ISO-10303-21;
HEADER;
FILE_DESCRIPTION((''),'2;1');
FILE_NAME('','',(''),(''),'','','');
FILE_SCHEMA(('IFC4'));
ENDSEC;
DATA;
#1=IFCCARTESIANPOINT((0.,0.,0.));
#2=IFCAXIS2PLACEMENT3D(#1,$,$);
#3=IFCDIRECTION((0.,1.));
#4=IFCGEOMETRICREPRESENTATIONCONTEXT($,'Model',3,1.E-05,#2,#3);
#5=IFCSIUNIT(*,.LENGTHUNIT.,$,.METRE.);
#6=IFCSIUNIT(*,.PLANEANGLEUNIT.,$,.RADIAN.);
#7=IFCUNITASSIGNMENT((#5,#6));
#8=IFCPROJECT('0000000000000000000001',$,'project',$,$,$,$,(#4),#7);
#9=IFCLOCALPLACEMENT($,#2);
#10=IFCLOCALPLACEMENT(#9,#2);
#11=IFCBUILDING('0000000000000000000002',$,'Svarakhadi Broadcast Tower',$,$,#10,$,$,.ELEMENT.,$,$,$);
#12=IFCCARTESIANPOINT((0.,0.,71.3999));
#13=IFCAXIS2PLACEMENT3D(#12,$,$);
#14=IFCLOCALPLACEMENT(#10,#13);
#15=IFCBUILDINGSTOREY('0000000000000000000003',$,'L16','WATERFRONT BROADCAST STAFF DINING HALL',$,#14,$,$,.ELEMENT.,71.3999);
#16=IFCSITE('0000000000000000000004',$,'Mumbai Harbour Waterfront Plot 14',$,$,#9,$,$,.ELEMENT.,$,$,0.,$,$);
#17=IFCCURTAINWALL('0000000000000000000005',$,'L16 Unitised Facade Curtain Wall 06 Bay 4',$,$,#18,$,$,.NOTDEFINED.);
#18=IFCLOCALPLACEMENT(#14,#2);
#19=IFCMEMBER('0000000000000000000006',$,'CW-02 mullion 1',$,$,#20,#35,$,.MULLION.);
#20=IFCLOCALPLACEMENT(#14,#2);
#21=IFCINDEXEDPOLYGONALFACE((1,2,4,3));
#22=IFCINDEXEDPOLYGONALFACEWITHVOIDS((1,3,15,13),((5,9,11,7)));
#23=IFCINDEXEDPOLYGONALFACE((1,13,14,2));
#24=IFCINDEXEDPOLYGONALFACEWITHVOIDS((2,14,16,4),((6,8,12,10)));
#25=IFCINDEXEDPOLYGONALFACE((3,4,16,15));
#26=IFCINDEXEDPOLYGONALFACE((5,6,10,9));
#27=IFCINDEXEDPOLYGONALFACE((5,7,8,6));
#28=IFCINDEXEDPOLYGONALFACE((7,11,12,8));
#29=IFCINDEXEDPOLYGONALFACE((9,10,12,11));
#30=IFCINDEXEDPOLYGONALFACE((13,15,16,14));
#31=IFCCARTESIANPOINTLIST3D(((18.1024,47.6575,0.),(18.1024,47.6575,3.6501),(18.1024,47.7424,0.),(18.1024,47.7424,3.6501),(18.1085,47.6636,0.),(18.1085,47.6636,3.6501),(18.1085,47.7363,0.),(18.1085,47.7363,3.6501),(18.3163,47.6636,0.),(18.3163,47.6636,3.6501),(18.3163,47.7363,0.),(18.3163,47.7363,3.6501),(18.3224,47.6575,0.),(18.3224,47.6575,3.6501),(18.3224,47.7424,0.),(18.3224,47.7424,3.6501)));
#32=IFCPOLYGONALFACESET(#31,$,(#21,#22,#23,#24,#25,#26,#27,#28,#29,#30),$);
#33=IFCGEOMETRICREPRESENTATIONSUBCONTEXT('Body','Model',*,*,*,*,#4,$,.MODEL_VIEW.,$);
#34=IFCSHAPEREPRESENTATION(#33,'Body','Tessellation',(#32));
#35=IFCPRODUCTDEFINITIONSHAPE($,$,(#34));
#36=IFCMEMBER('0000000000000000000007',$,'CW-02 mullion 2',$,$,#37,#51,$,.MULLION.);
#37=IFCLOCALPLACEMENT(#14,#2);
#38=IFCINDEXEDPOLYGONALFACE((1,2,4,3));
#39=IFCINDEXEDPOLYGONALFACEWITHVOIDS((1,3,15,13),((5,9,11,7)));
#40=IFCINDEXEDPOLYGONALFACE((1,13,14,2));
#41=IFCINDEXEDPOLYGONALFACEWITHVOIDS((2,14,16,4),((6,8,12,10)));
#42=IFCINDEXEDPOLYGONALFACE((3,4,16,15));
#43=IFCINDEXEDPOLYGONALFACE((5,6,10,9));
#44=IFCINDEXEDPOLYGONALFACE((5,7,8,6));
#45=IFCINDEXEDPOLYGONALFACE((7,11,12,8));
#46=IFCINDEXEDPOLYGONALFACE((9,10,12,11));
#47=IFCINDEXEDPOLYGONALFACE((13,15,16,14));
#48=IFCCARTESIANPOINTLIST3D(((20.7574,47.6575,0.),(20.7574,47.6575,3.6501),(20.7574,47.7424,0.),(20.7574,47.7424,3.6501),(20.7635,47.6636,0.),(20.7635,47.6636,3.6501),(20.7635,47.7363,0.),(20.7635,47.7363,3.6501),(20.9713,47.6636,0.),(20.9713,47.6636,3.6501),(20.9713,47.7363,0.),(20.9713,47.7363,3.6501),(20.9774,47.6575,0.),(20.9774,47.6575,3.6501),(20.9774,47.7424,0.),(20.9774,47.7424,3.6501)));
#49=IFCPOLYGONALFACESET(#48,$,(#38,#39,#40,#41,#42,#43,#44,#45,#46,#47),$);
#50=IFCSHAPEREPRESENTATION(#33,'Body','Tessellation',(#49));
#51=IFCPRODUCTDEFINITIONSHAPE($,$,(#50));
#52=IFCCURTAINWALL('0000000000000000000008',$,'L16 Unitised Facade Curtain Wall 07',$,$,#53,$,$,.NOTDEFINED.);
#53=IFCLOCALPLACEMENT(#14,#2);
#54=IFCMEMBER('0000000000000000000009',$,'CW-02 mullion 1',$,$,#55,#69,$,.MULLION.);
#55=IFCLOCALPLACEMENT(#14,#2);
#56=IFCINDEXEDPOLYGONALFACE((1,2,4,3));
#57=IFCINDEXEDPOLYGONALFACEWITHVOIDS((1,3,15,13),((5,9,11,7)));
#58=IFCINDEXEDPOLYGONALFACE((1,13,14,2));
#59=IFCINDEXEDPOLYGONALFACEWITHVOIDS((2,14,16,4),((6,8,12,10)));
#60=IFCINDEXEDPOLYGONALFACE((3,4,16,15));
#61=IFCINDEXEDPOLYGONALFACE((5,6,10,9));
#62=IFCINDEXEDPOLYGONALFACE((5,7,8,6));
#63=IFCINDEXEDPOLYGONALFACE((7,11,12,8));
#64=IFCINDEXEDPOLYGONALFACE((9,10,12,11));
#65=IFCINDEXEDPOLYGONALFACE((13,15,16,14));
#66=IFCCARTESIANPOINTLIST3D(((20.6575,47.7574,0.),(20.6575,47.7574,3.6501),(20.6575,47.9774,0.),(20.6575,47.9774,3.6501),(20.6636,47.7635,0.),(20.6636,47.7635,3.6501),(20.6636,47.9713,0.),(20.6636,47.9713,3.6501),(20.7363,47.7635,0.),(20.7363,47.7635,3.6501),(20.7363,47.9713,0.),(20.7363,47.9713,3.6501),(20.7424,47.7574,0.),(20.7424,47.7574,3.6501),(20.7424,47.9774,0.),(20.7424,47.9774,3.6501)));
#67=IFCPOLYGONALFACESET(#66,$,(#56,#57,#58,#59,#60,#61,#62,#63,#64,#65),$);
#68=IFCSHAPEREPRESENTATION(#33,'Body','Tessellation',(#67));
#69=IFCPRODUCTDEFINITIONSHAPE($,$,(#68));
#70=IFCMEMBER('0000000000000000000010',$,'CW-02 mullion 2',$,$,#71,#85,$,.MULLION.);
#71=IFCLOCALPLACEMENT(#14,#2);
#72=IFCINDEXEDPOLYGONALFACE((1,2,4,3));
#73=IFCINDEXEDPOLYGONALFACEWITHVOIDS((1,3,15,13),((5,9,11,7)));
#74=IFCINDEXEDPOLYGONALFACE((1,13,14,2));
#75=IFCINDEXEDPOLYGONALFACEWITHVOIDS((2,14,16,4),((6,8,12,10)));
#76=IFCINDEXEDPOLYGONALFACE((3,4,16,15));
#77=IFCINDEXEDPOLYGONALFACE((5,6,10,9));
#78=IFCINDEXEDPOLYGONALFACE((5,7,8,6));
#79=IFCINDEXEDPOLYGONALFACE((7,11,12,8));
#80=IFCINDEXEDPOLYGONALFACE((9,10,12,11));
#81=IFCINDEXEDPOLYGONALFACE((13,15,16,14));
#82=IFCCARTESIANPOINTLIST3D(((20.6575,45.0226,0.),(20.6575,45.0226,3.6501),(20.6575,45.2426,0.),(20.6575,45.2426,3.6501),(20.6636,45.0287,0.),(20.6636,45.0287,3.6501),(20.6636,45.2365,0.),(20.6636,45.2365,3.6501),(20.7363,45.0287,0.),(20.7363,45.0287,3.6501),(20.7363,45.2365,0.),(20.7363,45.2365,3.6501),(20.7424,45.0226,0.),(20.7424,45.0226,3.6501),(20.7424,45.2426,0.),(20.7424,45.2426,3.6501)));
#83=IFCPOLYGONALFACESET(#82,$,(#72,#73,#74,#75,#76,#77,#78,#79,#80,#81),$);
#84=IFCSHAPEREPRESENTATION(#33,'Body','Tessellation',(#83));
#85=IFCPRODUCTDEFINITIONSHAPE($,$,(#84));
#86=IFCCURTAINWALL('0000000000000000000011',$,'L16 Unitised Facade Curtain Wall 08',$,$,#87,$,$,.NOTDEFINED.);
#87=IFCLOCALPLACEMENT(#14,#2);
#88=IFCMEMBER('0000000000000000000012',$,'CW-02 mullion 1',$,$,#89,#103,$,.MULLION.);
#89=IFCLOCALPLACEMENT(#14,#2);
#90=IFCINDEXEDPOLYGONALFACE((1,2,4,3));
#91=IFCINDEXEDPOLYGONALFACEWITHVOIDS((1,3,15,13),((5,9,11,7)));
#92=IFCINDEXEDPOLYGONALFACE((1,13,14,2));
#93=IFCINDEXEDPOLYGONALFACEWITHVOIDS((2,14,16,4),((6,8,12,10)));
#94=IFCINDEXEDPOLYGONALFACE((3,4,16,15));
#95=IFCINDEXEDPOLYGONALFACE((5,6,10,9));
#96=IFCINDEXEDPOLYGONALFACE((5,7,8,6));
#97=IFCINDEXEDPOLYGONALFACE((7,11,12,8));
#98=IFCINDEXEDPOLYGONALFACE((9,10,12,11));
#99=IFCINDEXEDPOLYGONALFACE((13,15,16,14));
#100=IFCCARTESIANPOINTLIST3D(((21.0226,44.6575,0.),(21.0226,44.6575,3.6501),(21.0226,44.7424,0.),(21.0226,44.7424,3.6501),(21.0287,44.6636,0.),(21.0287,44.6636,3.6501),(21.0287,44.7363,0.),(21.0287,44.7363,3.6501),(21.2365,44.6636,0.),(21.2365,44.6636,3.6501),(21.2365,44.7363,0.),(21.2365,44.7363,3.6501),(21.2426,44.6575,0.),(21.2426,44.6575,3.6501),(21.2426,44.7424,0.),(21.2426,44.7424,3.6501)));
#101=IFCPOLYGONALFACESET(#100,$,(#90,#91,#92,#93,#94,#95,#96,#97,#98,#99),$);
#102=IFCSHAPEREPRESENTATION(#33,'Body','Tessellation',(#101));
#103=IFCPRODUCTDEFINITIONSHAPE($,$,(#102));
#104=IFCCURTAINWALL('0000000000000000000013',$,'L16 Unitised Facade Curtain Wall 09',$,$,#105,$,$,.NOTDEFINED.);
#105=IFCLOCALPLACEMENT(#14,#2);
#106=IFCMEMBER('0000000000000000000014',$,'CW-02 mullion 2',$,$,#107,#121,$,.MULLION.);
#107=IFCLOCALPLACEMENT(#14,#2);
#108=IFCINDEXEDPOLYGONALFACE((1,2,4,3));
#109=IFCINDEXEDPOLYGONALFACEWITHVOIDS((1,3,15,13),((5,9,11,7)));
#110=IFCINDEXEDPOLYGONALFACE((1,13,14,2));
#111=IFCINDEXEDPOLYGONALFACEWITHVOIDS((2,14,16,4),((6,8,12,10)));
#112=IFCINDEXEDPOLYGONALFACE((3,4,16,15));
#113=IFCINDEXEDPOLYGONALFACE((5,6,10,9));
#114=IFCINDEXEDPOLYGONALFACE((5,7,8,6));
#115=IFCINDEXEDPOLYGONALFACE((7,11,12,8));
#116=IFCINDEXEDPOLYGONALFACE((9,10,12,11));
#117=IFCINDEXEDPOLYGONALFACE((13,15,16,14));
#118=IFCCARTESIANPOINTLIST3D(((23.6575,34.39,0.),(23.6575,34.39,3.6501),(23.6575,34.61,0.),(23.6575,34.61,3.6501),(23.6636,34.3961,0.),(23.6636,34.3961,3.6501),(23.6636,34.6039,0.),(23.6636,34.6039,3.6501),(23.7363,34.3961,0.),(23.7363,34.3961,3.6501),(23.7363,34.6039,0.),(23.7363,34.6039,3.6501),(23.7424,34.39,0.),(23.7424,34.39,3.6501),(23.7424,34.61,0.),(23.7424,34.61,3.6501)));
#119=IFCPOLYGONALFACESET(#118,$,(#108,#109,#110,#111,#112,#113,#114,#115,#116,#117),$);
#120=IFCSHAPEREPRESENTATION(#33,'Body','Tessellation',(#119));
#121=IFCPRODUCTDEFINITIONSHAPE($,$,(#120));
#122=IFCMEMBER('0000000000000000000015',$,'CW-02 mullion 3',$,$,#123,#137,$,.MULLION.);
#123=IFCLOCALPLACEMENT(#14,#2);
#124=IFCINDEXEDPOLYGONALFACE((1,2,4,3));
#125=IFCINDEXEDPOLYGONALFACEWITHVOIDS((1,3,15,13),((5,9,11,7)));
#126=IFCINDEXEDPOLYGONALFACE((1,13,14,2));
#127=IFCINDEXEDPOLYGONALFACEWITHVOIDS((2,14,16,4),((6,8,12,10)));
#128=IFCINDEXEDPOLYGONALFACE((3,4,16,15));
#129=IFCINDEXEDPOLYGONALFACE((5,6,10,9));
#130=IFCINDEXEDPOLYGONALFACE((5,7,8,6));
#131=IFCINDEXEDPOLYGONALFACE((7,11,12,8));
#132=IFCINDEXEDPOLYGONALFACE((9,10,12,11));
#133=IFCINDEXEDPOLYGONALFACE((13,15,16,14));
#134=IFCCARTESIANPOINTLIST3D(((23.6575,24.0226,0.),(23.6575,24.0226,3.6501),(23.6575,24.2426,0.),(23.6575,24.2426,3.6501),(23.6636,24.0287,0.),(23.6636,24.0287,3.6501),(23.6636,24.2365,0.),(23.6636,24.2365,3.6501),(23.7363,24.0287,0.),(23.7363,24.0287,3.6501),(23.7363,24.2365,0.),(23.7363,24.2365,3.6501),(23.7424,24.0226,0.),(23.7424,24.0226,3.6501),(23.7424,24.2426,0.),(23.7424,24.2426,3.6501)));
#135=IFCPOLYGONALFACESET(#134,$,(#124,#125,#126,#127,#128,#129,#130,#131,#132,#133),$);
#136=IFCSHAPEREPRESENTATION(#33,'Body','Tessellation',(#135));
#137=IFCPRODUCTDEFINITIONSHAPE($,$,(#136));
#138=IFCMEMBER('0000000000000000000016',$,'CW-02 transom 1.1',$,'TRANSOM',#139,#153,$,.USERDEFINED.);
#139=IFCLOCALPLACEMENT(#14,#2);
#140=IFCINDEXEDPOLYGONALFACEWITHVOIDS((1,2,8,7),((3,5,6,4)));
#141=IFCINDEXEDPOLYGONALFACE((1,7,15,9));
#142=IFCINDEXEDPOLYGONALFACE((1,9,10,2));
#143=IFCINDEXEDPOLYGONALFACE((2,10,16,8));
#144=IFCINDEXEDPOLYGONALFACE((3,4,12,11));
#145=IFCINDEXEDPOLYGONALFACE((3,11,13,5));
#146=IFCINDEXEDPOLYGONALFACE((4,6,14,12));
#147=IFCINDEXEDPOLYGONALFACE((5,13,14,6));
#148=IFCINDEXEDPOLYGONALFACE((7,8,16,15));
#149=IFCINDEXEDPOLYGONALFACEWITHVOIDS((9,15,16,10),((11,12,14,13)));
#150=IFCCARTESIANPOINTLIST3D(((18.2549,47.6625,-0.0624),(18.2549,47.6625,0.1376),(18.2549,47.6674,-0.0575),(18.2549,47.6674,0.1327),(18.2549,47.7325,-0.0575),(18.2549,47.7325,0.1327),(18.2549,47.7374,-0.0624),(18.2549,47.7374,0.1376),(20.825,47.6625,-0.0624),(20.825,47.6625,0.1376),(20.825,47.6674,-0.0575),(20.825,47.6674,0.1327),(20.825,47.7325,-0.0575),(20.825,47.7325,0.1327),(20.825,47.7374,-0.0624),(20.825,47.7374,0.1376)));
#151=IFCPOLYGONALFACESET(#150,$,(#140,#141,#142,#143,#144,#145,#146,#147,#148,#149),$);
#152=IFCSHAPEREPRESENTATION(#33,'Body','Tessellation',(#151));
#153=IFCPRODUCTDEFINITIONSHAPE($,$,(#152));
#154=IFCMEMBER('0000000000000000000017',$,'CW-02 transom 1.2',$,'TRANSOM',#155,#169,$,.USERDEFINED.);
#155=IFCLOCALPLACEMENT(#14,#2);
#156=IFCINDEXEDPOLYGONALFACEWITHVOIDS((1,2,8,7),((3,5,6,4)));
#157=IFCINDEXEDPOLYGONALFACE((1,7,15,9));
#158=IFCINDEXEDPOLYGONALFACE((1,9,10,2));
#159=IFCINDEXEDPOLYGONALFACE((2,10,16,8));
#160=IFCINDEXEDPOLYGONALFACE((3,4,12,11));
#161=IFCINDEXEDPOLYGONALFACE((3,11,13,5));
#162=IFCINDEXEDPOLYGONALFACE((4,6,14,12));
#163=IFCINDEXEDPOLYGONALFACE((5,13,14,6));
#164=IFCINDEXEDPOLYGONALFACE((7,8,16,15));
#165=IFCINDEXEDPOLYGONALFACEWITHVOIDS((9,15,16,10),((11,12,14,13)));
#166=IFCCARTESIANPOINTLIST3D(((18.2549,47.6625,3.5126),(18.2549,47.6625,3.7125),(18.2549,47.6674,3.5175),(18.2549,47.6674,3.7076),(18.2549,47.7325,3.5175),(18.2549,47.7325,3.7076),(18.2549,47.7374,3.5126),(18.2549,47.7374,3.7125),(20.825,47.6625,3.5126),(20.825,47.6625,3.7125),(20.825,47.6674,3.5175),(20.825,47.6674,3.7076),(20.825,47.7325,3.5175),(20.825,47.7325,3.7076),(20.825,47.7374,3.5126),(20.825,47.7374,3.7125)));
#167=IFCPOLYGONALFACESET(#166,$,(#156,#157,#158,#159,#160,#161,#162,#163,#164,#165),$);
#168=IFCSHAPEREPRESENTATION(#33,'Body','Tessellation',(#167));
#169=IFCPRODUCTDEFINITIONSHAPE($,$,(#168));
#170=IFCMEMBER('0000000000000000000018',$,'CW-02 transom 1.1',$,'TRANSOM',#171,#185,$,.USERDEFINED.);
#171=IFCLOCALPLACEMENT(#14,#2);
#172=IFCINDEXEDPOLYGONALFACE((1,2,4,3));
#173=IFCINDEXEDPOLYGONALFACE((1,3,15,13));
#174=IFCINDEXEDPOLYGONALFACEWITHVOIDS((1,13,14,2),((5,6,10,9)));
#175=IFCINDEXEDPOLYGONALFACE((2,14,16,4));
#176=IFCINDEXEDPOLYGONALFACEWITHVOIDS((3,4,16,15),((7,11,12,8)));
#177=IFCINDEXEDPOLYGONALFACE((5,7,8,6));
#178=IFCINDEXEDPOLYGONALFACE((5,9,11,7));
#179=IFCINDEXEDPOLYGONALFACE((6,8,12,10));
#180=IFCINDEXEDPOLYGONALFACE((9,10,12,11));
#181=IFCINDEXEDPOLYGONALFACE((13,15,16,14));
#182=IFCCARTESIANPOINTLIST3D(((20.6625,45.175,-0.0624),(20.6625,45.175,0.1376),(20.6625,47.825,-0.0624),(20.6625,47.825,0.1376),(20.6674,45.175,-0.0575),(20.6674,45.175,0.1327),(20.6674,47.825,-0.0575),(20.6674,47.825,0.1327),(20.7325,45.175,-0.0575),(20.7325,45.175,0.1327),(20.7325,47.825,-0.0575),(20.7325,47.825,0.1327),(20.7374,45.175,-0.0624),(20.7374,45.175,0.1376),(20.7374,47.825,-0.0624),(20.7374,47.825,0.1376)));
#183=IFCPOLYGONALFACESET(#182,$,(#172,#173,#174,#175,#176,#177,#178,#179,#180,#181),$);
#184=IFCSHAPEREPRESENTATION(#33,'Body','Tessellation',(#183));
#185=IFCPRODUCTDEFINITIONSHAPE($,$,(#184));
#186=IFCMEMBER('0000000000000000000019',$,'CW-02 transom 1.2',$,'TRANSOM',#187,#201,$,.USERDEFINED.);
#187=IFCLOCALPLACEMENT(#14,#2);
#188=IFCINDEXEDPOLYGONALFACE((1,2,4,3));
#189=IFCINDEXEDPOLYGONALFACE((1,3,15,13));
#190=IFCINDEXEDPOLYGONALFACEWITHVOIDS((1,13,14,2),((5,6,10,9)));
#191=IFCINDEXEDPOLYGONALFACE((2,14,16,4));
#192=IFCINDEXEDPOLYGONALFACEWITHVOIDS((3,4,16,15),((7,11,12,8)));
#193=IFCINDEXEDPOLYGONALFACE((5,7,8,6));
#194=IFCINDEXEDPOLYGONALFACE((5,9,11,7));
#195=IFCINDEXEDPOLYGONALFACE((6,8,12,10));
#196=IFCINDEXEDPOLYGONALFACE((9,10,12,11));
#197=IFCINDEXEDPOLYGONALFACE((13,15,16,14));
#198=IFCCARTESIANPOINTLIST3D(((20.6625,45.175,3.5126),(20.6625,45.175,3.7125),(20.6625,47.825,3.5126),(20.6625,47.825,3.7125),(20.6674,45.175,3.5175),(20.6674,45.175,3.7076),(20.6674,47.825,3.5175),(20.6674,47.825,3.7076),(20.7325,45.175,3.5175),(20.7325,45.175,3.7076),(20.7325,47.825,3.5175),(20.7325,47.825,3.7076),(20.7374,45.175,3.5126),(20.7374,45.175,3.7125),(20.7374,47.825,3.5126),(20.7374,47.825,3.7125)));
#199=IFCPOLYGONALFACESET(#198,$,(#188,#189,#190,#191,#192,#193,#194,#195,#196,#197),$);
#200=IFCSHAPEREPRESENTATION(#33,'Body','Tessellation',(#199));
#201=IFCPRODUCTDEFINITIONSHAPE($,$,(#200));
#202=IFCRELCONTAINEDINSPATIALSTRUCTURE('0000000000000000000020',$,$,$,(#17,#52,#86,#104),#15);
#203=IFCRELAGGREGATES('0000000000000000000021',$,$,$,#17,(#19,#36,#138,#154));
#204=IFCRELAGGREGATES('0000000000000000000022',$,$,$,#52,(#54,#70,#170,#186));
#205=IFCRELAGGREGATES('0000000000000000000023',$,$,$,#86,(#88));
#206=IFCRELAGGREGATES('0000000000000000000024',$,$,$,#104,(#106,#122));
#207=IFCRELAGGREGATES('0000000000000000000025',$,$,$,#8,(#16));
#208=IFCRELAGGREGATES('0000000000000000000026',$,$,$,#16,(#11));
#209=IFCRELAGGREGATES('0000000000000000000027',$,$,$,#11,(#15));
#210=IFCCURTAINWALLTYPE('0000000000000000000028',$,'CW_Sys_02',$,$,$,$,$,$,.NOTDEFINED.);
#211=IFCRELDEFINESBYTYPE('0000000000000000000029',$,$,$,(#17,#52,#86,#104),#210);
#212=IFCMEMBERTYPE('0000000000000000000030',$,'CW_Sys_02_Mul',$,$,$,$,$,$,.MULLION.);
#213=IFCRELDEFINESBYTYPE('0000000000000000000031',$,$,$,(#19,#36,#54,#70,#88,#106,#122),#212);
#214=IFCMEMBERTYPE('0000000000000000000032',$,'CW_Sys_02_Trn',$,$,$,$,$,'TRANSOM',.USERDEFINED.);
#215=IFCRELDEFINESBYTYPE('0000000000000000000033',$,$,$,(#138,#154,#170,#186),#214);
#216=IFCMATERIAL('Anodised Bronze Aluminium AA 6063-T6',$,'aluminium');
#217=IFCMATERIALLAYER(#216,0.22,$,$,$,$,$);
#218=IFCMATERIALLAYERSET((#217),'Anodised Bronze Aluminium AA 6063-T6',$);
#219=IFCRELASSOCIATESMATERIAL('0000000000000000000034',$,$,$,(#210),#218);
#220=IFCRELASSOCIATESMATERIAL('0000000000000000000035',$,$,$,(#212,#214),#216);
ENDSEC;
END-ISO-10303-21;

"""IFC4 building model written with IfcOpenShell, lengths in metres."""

from ifc_helpers import new_model, si_unit, direction, frame, origin, origin_2d, place, context, subcontext, project, spatial, hollow_rectangle, extrude, material, layer, layer_set, material_profile, profile_set, type_object, element, aggregate, save


model = new_model("IFC4")

# Units and contexts
model_context = context("Model", 3, precision=1e-05, world=origin(), true_north=direction((0.0, 1.0)))
body_context = subcontext(model_context, "Body", "Model", "MODEL_VIEW")
ifc_project = project(units=[si_unit("LENGTHUNIT", "METRE"), si_unit("PLANEANGLEUNIT", "RADIAN")], contexts=[model_context])

# Site, building, storey
site_placement = place(None, origin())
site = spatial("IfcSite", under=ifc_project, at=site_placement, Name="Mumbai Harbour Waterfront Plot 14", CompositionType="ELEMENT", RefElevation=0.0)
building_placement = place(site_placement, origin())
building = spatial("IfcBuilding", under=site, at=building_placement, Name="Svarakhadi Broadcast Tower", CompositionType="ELEMENT")
storey_placement = place(building_placement, frame((0.0, 0.0, 71.3999)))
storey = spatial("IfcBuildingStorey", under=building, at=storey_placement, Name="L16", Description="WATERFRONT BROADCAST STAFF DINING HALL", CompositionType="ELEMENT", Elevation=71.3999)

# Curtain walls, members
ifc_material_1 = material(Name="Anodised Bronze Aluminium AA 6063-T6", Category="aluminium")
ifc_layer_1 = layer(ifc_material_1, 0.22)
ifc_layer_set_1 = layer_set([ifc_layer_1], Name="Anodised Bronze Aluminium AA 6063-T6")
curtain_wall_type = type_object("IfcCurtainWallType", Name="CW_Sys_02", PredefinedType="NOTDEFINED", material=ifc_layer_set_1)
curtain_wall_1_placement = place(storey_placement, origin())
curtain_wall_1 = element("IfcCurtainWall", 1, at=curtain_wall_1_placement, inside=storey, type_object=curtain_wall_type, Name="L16 Unitised Facade Curtain Wall 06 Bay 4", PredefinedType="NOTDEFINED")
ifc_material_profile_1 = material_profile(ifc_material_1, hollow_rectangle(XDim=0.085, YDim=0.22, WallThickness=0.0061, at=origin_2d()), Name="ALU MULLION 220x85x6")
ifc_profile_set_1 = profile_set([ifc_material_profile_1], Name="Anodised Bronze Aluminium AA 6063-T6")
member_type_1 = type_object("IfcMemberType", Name="CW_Sys_02_Mul", PredefinedType="MULLION", material=ifc_profile_set_1)
member_1_placement = place(storey_placement, frame((18.2124, 47.7, 0.0), z_axis=(0.0, 0.0, 1.0), x_axis=(0.0, 1.0, 0.0)))
member_1 = element("IfcMember", 2, at=member_1_placement, type_object=member_type_1, Name="CW-02 mullion 1", PredefinedType="MULLION", context=body_context, shape_type="SweptSolid", body=[
    extrude(hollow_rectangle(XDim=0.085, YDim=0.22, WallThickness=0.0061, at=origin_2d()), origin(), (0.0, 0.0, 1.0), 3.6501),
])
member_2_placement = place(storey_placement, frame((20.8674, 47.7, 0.0), z_axis=(0.0, 0.0, 1.0), x_axis=(0.0, 1.0, 0.0)))
member_2 = element("IfcMember", 3, at=member_2_placement, type_object=member_type_1, Name="CW-02 mullion 2", PredefinedType="MULLION", context=body_context, shape_type="SweptSolid", body=[
    extrude(hollow_rectangle(XDim=0.085, YDim=0.22, WallThickness=0.0061, at=origin_2d()), origin(), (0.0, 0.0, 1.0), 3.6501),
])
curtain_wall_2_placement = place(storey_placement, origin())
curtain_wall_2 = element("IfcCurtainWall", 4, at=curtain_wall_2_placement, inside=storey, type_object=curtain_wall_type, Name="L16 Unitised Facade Curtain Wall 07", PredefinedType="NOTDEFINED")
member_3_placement = place(storey_placement, frame((20.7, 47.8674, 0.0), z_axis=(0.0, 0.0, 1.0), x_axis=(1.0, 0.0, 0.0)))
member_3 = element("IfcMember", 5, at=member_3_placement, type_object=member_type_1, Name="CW-02 mullion 1", PredefinedType="MULLION", context=body_context, shape_type="SweptSolid", body=[
    extrude(hollow_rectangle(XDim=0.085, YDim=0.22, WallThickness=0.0061, at=origin_2d()), origin(), (0.0, 0.0, 1.0), 3.6501),
])
member_4_placement = place(storey_placement, frame((20.7, 45.1326, 0.0), z_axis=(0.0, 0.0, 1.0), x_axis=(1.0, 0.0, 0.0)))
member_4 = element("IfcMember", 6, at=member_4_placement, type_object=member_type_1, Name="CW-02 mullion 2", PredefinedType="MULLION", context=body_context, shape_type="SweptSolid", body=[
    extrude(hollow_rectangle(XDim=0.085, YDim=0.22, WallThickness=0.0061, at=origin_2d()), origin(), (0.0, 0.0, 1.0), 3.6501),
])

# Curtain wall, member
curtain_wall_3_placement = place(storey_placement, origin())
curtain_wall_3 = element("IfcCurtainWall", 7, at=curtain_wall_3_placement, inside=storey, type_object=curtain_wall_type, Name="L16 Unitised Facade Curtain Wall 08", PredefinedType="NOTDEFINED")
member_5_placement = place(storey_placement, frame((21.1326, 44.7, 0.0), z_axis=(0.0, 0.0, 1.0), x_axis=(0.0, 1.0, 0.0)))
member_5 = element("IfcMember", 8, at=member_5_placement, type_object=member_type_1, Name="CW-02 mullion 1", PredefinedType="MULLION", context=body_context, shape_type="SweptSolid", body=[
    extrude(hollow_rectangle(XDim=0.085, YDim=0.22, WallThickness=0.0061, at=origin_2d()), origin(), (0.0, 0.0, 1.0), 3.6501),
])

# Curtain wall, members
curtain_wall_4_placement = place(storey_placement, origin())
curtain_wall_4 = element("IfcCurtainWall", 9, at=curtain_wall_4_placement, inside=storey, type_object=curtain_wall_type, Name="L16 Unitised Facade Curtain Wall 09", PredefinedType="NOTDEFINED")
member_6_placement = place(storey_placement, frame((23.7, 34.5, 0.0), z_axis=(0.0, 0.0, 1.0), x_axis=(1.0, 0.0, 0.0)))
member_6 = element("IfcMember", 10, at=member_6_placement, type_object=member_type_1, Name="CW-02 mullion 2", PredefinedType="MULLION", context=body_context, shape_type="SweptSolid", body=[
    extrude(hollow_rectangle(XDim=0.085, YDim=0.22, WallThickness=0.0061, at=origin_2d()), origin(), (0.0, 0.0, 1.0), 3.6501),
])
member_7_placement = place(storey_placement, frame((23.7, 24.1326, 0.0), z_axis=(0.0, 0.0, 1.0), x_axis=(1.0, 0.0, 0.0)))
member_7 = element("IfcMember", 11, at=member_7_placement, type_object=member_type_1, Name="CW-02 mullion 3", PredefinedType="MULLION", context=body_context, shape_type="SweptSolid", body=[
    extrude(hollow_rectangle(XDim=0.085, YDim=0.22, WallThickness=0.0061, at=origin_2d()), origin(), (0.0, 0.0, 1.0), 3.6501),
])

# Members
ifc_material_profile_2 = material_profile(ifc_material_1, hollow_rectangle(XDim=0.075, YDim=0.2, WallThickness=0.0049, at=origin_2d()), Name="ALU TRANSOM 200x75x5")
ifc_profile_set_2 = profile_set([ifc_material_profile_2], Name="Anodised Bronze Aluminium AA 6063-T6")
member_type_2 = type_object("IfcMemberType", Name="CW_Sys_02_Trn", ElementType="TRANSOM", PredefinedType="USERDEFINED", material=ifc_profile_set_2)
member_8_placement = place(storey_placement, frame((18.2549, 47.7, 0.0376), z_axis=(1.0, 0.0, 0.0), x_axis=(0.0, 1.0, 0.0)))
member_8 = element("IfcMember", 12, at=member_8_placement, type_object=member_type_2, Name="CW-02 transom 1.1", ObjectType="TRANSOM", PredefinedType="USERDEFINED", context=body_context, shape_type="SweptSolid", body=[
    extrude(hollow_rectangle(XDim=0.075, YDim=0.2, WallThickness=0.0049, at=origin_2d()), origin(), (0.0, 0.0, 1.0), 2.5701),
])
member_9_placement = place(storey_placement, frame((18.2549, 47.7, 3.6125), z_axis=(1.0, 0.0, 0.0), x_axis=(0.0, 1.0, 0.0)))
member_9 = element("IfcMember", 13, at=member_9_placement, type_object=member_type_2, Name="CW-02 transom 1.2", ObjectType="TRANSOM", PredefinedType="USERDEFINED", context=body_context, shape_type="SweptSolid", body=[
    extrude(hollow_rectangle(XDim=0.075, YDim=0.2, WallThickness=0.0049, at=origin_2d()), origin(), (0.0, 0.0, 1.0), 2.5701),
])
member_10_placement = place(storey_placement, frame((20.7, 47.825, 0.0376), z_axis=(0.0, -1.0, 0.0), x_axis=(1.0, 0.0, 0.0)))
member_10 = element("IfcMember", 14, at=member_10_placement, type_object=member_type_2, Name="CW-02 transom 1.1", ObjectType="TRANSOM", PredefinedType="USERDEFINED", context=body_context, shape_type="SweptSolid", body=[
    extrude(hollow_rectangle(XDim=0.075, YDim=0.2, WallThickness=0.0049, at=origin_2d()), origin(), (0.0, 0.0, 1.0), 2.6499),
])
member_11_placement = place(storey_placement, frame((20.7, 47.825, 3.6125), z_axis=(0.0, -1.0, 0.0), x_axis=(1.0, 0.0, 0.0)))
member_11 = element("IfcMember", 15, at=member_11_placement, type_object=member_type_2, Name="CW-02 transom 1.2", ObjectType="TRANSOM", PredefinedType="USERDEFINED", context=body_context, shape_type="SweptSolid", body=[
    extrude(hollow_rectangle(XDim=0.075, YDim=0.2, WallThickness=0.0049, at=origin_2d()), origin(), (0.0, 0.0, 1.0), 2.6499),
])

aggregate(curtain_wall_1, [member_1, member_2, member_8, member_9])
aggregate(curtain_wall_2, [member_3, member_4, member_10, member_11])
aggregate(curtain_wall_3, [member_5])
aggregate(curtain_wall_4, [member_6, member_7])

save(model, "model.ifc")
